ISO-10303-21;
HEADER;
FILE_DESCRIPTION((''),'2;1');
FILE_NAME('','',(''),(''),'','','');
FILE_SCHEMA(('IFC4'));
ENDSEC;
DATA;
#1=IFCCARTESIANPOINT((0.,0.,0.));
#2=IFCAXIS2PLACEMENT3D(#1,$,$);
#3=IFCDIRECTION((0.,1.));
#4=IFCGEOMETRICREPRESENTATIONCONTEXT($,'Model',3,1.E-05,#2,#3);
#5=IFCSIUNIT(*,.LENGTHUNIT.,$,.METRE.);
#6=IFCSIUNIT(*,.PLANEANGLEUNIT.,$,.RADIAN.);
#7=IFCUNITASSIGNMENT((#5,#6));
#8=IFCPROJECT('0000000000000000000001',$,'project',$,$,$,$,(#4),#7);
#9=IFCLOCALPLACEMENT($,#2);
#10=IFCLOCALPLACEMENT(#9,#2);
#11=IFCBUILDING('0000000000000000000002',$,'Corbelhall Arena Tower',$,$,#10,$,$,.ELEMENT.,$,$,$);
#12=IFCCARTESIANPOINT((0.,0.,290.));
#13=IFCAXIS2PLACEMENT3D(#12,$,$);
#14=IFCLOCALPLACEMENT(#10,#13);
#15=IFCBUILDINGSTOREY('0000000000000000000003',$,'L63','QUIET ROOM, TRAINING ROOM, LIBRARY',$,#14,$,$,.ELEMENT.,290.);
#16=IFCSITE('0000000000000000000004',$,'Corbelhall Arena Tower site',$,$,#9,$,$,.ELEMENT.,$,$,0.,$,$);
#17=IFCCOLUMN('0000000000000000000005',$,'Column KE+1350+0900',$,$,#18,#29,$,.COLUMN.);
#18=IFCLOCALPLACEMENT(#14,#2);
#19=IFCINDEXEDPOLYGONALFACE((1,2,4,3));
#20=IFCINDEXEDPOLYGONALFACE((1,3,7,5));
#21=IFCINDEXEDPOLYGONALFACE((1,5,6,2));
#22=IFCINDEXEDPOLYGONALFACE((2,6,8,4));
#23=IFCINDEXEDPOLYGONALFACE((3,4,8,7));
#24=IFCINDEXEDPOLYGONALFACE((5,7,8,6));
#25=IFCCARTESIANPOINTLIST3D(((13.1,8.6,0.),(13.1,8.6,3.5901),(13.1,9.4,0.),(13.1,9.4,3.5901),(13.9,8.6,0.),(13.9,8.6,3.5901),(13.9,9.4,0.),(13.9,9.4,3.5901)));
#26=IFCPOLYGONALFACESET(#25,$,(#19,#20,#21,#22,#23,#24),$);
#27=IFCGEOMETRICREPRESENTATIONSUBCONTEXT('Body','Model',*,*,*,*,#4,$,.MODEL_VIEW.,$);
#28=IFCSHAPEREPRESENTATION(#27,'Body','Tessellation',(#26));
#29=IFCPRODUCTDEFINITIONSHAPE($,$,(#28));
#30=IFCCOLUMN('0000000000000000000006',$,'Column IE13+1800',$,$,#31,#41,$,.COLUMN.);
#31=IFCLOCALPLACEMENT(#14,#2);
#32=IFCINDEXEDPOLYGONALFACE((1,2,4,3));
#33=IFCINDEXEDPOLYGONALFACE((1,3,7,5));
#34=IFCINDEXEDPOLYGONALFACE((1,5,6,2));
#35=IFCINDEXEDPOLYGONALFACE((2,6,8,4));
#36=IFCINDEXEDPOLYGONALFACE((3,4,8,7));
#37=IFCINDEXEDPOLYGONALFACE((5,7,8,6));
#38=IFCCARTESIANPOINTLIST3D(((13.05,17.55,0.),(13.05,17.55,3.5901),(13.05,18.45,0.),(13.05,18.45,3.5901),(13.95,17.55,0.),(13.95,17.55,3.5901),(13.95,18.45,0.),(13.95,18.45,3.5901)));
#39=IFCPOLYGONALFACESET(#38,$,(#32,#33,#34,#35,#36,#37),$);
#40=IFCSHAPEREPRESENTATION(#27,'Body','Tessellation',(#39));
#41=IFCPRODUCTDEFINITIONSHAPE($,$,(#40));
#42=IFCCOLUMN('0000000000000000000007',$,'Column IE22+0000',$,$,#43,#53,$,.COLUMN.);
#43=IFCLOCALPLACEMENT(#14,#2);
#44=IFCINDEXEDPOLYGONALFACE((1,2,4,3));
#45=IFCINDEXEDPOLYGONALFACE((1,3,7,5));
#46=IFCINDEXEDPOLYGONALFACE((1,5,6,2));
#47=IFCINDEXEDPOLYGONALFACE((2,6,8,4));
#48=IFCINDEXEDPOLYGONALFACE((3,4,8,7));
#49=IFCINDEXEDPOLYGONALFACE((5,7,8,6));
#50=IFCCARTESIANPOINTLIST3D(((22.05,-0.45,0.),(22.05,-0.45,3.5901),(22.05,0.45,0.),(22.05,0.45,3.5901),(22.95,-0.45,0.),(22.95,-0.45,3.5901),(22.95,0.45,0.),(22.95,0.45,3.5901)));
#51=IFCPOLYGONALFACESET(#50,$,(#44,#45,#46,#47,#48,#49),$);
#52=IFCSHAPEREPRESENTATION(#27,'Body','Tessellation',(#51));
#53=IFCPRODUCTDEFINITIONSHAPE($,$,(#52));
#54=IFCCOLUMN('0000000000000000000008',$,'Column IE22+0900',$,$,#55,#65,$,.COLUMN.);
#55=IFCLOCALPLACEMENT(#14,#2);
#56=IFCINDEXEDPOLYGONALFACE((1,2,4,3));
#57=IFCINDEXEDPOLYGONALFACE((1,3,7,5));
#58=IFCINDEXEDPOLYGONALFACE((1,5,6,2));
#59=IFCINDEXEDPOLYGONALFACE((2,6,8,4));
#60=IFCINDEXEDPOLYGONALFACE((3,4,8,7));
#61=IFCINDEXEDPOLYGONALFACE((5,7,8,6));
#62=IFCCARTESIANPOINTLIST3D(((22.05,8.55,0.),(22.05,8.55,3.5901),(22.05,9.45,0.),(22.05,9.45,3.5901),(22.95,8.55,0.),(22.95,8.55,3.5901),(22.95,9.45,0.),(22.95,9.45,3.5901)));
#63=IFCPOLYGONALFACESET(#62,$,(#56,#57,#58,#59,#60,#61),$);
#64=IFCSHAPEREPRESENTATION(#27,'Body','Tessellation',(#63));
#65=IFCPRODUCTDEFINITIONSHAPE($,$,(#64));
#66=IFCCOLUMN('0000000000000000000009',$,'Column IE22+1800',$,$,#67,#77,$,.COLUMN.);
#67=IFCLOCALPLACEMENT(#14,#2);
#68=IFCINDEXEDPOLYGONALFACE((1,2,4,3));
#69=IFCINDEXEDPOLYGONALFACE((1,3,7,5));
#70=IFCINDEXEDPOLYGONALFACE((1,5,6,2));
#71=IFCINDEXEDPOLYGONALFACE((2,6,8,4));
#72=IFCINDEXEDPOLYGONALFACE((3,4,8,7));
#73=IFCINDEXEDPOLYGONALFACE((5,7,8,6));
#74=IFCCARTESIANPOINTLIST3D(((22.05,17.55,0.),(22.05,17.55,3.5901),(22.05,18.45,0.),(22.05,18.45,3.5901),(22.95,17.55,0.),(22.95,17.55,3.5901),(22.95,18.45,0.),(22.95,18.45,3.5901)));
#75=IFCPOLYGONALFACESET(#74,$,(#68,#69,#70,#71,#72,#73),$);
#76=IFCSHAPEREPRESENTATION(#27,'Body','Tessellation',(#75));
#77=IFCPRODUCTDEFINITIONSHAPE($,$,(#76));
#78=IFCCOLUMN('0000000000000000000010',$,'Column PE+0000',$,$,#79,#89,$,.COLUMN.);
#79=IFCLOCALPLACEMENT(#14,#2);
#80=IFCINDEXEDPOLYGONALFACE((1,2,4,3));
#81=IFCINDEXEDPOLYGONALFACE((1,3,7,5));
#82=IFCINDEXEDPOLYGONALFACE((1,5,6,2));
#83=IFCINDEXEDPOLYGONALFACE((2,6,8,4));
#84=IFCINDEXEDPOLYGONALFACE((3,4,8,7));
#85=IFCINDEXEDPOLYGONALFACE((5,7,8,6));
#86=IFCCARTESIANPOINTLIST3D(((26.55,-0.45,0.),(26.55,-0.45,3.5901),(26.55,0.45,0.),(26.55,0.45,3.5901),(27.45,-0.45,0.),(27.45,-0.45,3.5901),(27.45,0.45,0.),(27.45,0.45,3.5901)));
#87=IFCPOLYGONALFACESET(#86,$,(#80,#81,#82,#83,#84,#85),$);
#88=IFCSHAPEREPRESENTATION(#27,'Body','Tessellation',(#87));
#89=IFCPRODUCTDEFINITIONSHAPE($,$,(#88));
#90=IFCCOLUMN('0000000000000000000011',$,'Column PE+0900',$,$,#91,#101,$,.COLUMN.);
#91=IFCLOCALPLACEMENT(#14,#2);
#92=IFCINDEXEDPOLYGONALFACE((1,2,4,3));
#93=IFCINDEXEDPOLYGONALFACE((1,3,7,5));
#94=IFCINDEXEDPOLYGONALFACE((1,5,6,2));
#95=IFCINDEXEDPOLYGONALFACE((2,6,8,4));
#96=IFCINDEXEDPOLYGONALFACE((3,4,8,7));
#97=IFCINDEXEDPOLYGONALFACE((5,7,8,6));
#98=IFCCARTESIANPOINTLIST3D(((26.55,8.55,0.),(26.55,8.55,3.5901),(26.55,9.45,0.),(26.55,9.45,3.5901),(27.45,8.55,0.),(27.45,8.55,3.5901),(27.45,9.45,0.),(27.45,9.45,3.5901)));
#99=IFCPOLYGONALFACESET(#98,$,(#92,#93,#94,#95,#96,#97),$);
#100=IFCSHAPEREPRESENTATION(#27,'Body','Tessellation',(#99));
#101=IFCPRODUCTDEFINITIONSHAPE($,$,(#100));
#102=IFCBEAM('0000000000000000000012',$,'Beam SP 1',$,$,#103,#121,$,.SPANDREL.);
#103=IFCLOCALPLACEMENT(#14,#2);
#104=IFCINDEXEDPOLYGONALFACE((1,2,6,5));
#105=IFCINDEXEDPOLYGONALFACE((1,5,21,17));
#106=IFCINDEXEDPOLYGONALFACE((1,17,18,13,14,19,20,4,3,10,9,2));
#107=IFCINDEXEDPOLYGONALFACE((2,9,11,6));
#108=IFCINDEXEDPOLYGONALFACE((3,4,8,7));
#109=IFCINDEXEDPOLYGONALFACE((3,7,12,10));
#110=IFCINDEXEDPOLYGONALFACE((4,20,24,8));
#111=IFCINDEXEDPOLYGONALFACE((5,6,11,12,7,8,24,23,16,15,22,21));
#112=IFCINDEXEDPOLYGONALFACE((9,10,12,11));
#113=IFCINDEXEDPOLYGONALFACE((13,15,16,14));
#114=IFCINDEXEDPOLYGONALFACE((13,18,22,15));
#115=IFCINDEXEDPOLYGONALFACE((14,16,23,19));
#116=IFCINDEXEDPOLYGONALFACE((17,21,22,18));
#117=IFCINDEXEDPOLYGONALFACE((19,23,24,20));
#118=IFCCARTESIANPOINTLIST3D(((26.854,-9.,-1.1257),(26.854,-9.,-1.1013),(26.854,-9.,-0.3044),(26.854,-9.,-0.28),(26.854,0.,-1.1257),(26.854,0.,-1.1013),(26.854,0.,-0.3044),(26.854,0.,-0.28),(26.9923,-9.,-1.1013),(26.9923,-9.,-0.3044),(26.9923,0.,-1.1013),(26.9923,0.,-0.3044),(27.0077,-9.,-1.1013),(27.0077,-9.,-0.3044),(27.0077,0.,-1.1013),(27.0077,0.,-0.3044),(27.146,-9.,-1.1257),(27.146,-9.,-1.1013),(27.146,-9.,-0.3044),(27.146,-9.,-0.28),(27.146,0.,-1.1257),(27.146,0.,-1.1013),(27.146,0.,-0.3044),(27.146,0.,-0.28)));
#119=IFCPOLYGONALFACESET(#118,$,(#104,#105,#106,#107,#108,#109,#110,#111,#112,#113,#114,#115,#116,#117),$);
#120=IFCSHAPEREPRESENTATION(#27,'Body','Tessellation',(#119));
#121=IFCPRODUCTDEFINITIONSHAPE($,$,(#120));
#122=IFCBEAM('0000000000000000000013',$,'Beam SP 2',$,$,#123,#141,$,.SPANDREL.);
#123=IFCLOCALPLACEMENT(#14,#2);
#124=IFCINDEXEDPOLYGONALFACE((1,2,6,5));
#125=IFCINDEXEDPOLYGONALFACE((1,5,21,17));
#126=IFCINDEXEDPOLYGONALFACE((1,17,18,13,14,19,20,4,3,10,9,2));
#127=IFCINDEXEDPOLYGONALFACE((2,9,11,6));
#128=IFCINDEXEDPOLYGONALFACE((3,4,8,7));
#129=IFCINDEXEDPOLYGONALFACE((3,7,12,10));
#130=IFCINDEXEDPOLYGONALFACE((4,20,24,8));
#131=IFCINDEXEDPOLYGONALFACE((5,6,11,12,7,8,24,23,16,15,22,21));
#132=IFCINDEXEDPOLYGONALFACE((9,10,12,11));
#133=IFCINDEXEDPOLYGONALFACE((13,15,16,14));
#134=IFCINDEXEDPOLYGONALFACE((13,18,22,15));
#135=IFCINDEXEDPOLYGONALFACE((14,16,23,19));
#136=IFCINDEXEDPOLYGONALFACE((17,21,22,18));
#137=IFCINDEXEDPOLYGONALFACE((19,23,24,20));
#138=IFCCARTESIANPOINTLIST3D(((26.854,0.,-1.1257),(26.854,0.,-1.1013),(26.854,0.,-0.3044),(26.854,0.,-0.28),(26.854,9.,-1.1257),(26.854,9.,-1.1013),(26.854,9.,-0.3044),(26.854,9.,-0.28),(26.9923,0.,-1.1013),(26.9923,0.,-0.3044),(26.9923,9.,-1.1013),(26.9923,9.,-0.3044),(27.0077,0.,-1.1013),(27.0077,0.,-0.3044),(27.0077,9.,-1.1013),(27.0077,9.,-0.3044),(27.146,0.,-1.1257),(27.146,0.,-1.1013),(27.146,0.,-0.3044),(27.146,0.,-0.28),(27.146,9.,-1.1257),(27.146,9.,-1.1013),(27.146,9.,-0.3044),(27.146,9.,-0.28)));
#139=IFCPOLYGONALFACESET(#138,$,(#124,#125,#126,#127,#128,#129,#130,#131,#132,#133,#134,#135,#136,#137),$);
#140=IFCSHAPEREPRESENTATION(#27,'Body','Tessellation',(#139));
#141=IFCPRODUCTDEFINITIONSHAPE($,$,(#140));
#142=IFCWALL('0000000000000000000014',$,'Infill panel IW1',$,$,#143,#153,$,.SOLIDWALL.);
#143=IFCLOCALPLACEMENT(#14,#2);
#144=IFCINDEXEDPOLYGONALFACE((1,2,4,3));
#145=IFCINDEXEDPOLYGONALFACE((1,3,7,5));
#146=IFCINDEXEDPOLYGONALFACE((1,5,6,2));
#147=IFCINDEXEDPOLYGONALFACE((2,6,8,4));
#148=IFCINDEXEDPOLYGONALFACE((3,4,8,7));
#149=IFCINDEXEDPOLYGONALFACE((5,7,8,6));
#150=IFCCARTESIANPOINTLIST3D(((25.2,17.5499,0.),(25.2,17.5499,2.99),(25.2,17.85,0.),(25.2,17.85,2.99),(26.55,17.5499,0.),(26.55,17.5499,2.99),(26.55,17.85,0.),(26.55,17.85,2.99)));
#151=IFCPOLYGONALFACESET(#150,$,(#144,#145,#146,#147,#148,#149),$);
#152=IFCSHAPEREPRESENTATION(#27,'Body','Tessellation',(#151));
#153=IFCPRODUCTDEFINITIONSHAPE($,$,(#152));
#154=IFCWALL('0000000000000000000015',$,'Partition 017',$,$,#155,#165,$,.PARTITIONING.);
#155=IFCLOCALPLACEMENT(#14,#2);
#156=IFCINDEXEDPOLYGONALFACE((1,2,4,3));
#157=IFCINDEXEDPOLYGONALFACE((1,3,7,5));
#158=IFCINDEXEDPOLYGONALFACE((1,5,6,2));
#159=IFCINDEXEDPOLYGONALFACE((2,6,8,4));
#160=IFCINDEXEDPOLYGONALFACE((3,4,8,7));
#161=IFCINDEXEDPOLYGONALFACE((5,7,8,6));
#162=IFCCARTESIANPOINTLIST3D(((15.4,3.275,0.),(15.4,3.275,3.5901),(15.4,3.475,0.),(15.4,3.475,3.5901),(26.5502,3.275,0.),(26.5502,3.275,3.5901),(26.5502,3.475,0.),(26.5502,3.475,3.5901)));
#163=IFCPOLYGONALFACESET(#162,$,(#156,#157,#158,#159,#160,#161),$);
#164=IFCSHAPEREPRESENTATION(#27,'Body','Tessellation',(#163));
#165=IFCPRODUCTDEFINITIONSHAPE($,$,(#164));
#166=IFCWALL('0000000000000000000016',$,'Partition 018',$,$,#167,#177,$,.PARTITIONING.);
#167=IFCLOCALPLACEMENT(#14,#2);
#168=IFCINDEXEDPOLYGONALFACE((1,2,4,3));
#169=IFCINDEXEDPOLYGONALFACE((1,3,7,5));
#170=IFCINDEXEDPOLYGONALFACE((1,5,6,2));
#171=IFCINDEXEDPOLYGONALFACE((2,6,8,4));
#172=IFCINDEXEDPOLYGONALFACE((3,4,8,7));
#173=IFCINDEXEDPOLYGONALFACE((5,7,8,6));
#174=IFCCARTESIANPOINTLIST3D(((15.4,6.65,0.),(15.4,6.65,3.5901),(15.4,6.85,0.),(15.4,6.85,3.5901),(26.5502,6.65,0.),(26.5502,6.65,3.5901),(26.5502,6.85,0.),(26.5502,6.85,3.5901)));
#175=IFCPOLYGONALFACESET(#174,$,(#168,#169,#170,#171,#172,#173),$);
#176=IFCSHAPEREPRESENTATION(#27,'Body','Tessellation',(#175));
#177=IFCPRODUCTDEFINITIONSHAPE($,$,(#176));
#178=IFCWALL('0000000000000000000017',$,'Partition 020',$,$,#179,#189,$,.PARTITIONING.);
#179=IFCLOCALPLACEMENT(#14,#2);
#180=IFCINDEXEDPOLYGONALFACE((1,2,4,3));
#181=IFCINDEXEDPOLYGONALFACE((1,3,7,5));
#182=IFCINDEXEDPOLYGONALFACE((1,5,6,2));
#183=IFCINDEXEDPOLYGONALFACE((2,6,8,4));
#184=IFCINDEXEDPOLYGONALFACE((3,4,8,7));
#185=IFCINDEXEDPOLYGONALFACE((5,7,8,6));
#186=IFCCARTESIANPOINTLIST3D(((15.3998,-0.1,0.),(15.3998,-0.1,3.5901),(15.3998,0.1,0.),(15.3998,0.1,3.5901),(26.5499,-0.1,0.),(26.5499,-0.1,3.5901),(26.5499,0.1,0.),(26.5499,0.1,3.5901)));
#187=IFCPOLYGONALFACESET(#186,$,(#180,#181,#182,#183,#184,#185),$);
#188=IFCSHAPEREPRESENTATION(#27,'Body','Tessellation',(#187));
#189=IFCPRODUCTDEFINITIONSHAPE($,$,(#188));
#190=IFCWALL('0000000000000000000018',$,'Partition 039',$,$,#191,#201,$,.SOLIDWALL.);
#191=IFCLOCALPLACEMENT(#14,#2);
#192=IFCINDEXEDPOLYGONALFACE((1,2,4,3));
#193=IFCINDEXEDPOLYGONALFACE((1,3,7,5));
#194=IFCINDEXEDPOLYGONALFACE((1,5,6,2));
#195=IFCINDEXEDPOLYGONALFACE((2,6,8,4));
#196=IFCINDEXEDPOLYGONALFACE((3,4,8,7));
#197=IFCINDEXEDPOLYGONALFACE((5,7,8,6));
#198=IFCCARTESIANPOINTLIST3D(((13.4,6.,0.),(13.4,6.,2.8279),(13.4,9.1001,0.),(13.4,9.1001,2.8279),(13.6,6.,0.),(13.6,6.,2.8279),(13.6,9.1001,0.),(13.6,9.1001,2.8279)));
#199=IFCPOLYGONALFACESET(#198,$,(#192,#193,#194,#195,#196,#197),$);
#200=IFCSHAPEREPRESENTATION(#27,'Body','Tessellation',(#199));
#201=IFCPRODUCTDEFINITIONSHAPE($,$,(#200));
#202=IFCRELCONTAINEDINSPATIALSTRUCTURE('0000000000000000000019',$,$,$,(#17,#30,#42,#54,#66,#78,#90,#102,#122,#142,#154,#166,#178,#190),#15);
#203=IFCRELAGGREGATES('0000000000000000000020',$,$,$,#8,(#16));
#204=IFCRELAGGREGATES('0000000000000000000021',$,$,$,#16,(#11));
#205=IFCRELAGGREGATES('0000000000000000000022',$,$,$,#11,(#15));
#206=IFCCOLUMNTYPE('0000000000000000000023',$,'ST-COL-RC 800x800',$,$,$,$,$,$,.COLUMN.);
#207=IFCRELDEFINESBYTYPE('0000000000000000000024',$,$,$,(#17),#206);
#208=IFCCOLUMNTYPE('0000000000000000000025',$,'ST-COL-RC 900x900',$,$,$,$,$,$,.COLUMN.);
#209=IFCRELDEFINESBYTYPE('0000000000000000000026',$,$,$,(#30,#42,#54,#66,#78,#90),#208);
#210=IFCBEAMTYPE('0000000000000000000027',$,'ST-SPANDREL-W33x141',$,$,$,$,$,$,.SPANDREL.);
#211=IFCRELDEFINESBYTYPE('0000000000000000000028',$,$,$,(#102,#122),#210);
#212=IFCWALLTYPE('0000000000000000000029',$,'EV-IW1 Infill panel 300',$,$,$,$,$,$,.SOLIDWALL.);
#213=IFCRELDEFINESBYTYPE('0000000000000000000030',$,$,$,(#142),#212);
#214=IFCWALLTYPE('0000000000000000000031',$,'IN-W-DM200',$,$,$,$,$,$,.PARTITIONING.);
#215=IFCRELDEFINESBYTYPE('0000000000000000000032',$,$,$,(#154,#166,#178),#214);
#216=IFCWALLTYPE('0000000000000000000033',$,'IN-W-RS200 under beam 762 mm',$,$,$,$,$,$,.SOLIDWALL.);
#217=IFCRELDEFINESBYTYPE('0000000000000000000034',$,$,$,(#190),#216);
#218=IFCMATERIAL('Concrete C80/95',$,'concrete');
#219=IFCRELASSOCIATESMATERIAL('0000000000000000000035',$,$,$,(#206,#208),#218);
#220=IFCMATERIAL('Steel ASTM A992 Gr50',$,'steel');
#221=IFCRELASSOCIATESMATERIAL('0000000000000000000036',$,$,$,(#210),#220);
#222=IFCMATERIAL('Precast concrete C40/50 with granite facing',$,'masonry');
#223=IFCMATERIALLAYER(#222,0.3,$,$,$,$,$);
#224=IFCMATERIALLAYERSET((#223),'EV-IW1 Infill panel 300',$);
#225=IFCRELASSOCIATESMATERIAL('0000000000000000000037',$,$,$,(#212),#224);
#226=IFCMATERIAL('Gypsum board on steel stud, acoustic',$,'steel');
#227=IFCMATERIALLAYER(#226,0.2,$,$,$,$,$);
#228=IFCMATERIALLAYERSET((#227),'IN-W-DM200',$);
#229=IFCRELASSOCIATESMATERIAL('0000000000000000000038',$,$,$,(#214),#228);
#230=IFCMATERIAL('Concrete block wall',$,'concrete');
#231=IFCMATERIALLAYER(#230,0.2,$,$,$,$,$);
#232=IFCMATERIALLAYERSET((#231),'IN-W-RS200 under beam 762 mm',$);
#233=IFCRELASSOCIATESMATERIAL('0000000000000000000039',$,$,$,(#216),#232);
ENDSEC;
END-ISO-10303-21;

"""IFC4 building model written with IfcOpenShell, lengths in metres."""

from ifc_helpers import new_model, si_unit, direction, frame, frame_2d, origin, origin_2d, place, context, subcontext, project, spatial, rectangle, i_section, extrude, material, layer, layer_set, material_profile, profile_set, type_object, element, save


model = new_model("IFC4")

# Units and contexts
model_context = context("Model", 3, precision=1e-05, world=origin(), true_north=direction((0.0, 1.0)))
body_context = subcontext(model_context, "Body", "Model", "MODEL_VIEW")
ifc_project = project(units=[si_unit("LENGTHUNIT", "METRE"), si_unit("PLANEANGLEUNIT", "RADIAN")], contexts=[model_context])

# Site, building, storey
site_placement = place(None, origin())
site = spatial("IfcSite", under=ifc_project, at=site_placement, Name="Corbelhall Arena Tower site", CompositionType="ELEMENT", RefElevation=0.0)
building_placement = place(site_placement, origin())
building = spatial("IfcBuilding", under=site, at=building_placement, Name="Corbelhall Arena Tower", CompositionType="ELEMENT")
storey_placement = place(building_placement, frame((0.0, 0.0, 290.0)))
storey = spatial("IfcBuildingStorey", under=building, at=storey_placement, Name="L63", Description="QUIET ROOM, TRAINING ROOM, LIBRARY", CompositionType="ELEMENT", Elevation=290.0)

# Columns
ifc_material_1 = material(Name="Concrete C80/95", Category="concrete")
ifc_material_profile_1 = material_profile(ifc_material_1, rectangle(XDim=0.8, YDim=0.8, at=origin_2d()))
ifc_profile_set_1 = profile_set([ifc_material_profile_1], Name="Concrete C80/95")
column_type_1 = type_object("IfcColumnType", Name="ST-COL-RC 800x800", PredefinedType="COLUMN", material=ifc_profile_set_1)
column_placement = place(storey_placement, frame((13.5, 9.0, 0.0), z_axis=(0.0, 0.0, 1.0), x_axis=(1.0, 0.0, 0.0)))
element("IfcColumn", 1, at=column_placement, inside=storey, type_object=column_type_1, Name="Column KE+1350+0900", PredefinedType="COLUMN", context=body_context, shape_type="SweptSolid", body=[
    extrude(rectangle(XDim=0.8, YDim=0.8, at=origin_2d()), origin(), (0.0, 0.0, 1.0), 3.5901),
])
ifc_material_profile_2 = material_profile(ifc_material_1, rectangle(XDim=0.8999, YDim=0.8999, at=origin_2d()))
ifc_profile_set_2 = profile_set([ifc_material_profile_2], Name="Concrete C80/95")
column_type_2 = type_object("IfcColumnType", Name="ST-COL-RC 900x900", PredefinedType="COLUMN", material=ifc_profile_set_2)
for number, where, z_axis, x_axis, name in (
    (2, (13.5, 18.0, 0.0), (0.0, 0.0, 1.0), (1.0, 0.0, 0.0), "Column IE13+1800"),
    (3, (22.5, 0.0, 0.0), (0.0, 0.0, 1.0), (1.0, 0.0, 0.0), "Column IE22+0000"),
    (4, (22.5, 9.0, 0.0), (0.0, 0.0, 1.0), (1.0, 0.0, 0.0), "Column IE22+0900"),
    (5, (22.5, 18.0, 0.0), (0.0, 0.0, 1.0), (1.0, 0.0, 0.0), "Column IE22+1800"),
    (6, (27.0, 0.0, 0.0), (0.0, 0.0, 1.0), (0.0, 1.0, 0.0), "Column PE+0000"),
    (7, (27.0, 9.0, 0.0), (0.0, 0.0, 1.0), (0.0, 1.0, 0.0), "Column PE+0900"),
):
    element("IfcColumn", number, at=place(storey_placement, frame(where, z_axis=z_axis, x_axis=x_axis)), inside=storey, type_object=column_type_2, Name=name, PredefinedType="COLUMN", context=body_context, shape_type="SweptSolid", body=[
        extrude(rectangle(XDim=0.8999, YDim=0.8999, at=origin_2d()), origin(), (0.0, 0.0, 1.0), 3.5901),
    ])

# Beams
ifc_material_2 = material(Name="Steel ASTM A992 Gr50", Category="steel")
ifc_material_profile_3 = material_profile(ifc_material_2, i_section(OverallWidth=0.292, OverallDepth=0.8457, WebThickness=0.0154, FlangeThickness=0.0244, at=origin_2d()))
ifc_profile_set_3 = profile_set([ifc_material_profile_3], Name="Steel ASTM A992 Gr50")
beam_type = type_object("IfcBeamType", Name="ST-SPANDREL-W33x141", PredefinedType="SPANDREL", material=ifc_profile_set_3)
for number, where, z_axis, x_axis, name in (
    (8, (27.0, 0.0, -0.7029), (0.0, -1.0, 0.0), (1.0, 0.0, 0.0), "Beam SP 1"),
    (9, (27.0, 9.0, -0.7029), (0.0, -1.0, 0.0), (1.0, 0.0, 0.0), "Beam SP 2"),
):
    element("IfcBeam", number, at=place(storey_placement, frame(where, z_axis=z_axis, x_axis=x_axis)), inside=storey, type_object=beam_type, Name=name, PredefinedType="SPANDREL", context=body_context, shape_type="SweptSolid", body=[
        extrude(i_section(OverallWidth=0.292, OverallDepth=0.8457, WebThickness=0.0154, FlangeThickness=0.0244, at=origin_2d()), origin(), (0.0, 0.0, 1.0), 9.0),
    ])

# Shared definitions
ifc_material_3 = material(Name="Precast concrete C40/50 with granite facing", Category="masonry")
ifc_layer_1 = layer(ifc_material_3, 0.3)
ifc_layer_set_1 = layer_set([ifc_layer_1], Name="EV-IW1 Infill panel 300")
wall_type_1 = type_object("IfcWallType", Name="EV-IW1 Infill panel 300", PredefinedType="SOLIDWALL", material=ifc_layer_set_1)

# Wall
wall_1_placement = place(storey_placement, frame((26.55, 17.7, 0.0), z_axis=(0.0, 0.0, 1.0), x_axis=(-1.0, 0.0, 0.0)))
element("IfcWall", 10, at=wall_1_placement, inside=storey, type_object=wall_type_1, Name="Infill panel IW1", PredefinedType="SOLIDWALL", context=body_context, shape_type="SweptSolid", body=[
    extrude(rectangle(XDim=1.3501, YDim=0.3, at=frame_2d((0.675, 0.0))), origin(), (0.0, 0.0, 1.0), 2.99),
])

# Shared definitions
ifc_material_4 = material(Name="Gypsum board on steel stud, acoustic", Category="steel")
ifc_layer_2 = layer(ifc_material_4, 0.2)
ifc_layer_set_2 = layer_set([ifc_layer_2], Name="IN-W-DM200")
wall_type_2 = type_object("IfcWallType", Name="IN-W-DM200", PredefinedType="PARTITIONING", material=ifc_layer_set_2)

# Walls
for number, where, z_axis, x_axis, name in (
    (11, (15.3999, 3.375, 0.0), (0.0, 0.0, 1.0), (1.0, 0.0, 0.0), "Partition 017"),
    (12, (15.3999, 6.75, 0.0), (0.0, 0.0, 1.0), (1.0, 0.0, 0.0), "Partition 018"),
):
    element("IfcWall", number, at=place(storey_placement, frame(where, z_axis=z_axis, x_axis=x_axis)), inside=storey, type_object=wall_type_2, Name=name, PredefinedType="PARTITIONING", context=body_context, shape_type="SweptSolid", body=[
        extrude(rectangle(XDim=11.1501, YDim=0.2, at=frame_2d((5.5752, 0.0))), origin(), (0.0, 0.0, 1.0), 3.5901),
    ])

# Walls
wall_2_placement = place(storey_placement, frame((26.55, 0.0, 0.0), z_axis=(0.0, 0.0, 1.0), x_axis=(-1.0, 0.0, 0.0)))
element("IfcWall", 13, at=wall_2_placement, inside=storey, type_object=wall_type_2, Name="Partition 020", PredefinedType="PARTITIONING", context=body_context, shape_type="SweptSolid", body=[
    extrude(rectangle(XDim=11.1501, YDim=0.2, at=frame_2d((5.5752, 0.0))), origin(), (0.0, 0.0, 1.0), 3.5901),
])
ifc_material_5 = material(Name="Concrete block wall", Category="concrete")
ifc_layer_3 = layer(ifc_material_5, 0.2)
ifc_layer_set_3 = layer_set([ifc_layer_3], Name="IN-W-RS200 under beam 762 mm")
wall_type_3 = type_object("IfcWallType", Name="IN-W-RS200 under beam 762 mm", PredefinedType="SOLIDWALL", material=ifc_layer_set_3)
wall_3_placement = place(storey_placement, frame((13.5, 9.1001, 0.0), z_axis=(0.0, 0.0, 1.0), x_axis=(0.0, -1.0, 0.0)))
element("IfcWall", 14, at=wall_3_placement, inside=storey, type_object=wall_type_3, Name="Partition 039", PredefinedType="SOLIDWALL", context=body_context, shape_type="SweptSolid", body=[
    extrude(rectangle(XDim=3.1001, YDim=0.2, at=frame_2d((1.55, 0.0))), origin(), (0.0, 0.0, 1.0), 2.8279),
])

save(model, "model.ifc")
